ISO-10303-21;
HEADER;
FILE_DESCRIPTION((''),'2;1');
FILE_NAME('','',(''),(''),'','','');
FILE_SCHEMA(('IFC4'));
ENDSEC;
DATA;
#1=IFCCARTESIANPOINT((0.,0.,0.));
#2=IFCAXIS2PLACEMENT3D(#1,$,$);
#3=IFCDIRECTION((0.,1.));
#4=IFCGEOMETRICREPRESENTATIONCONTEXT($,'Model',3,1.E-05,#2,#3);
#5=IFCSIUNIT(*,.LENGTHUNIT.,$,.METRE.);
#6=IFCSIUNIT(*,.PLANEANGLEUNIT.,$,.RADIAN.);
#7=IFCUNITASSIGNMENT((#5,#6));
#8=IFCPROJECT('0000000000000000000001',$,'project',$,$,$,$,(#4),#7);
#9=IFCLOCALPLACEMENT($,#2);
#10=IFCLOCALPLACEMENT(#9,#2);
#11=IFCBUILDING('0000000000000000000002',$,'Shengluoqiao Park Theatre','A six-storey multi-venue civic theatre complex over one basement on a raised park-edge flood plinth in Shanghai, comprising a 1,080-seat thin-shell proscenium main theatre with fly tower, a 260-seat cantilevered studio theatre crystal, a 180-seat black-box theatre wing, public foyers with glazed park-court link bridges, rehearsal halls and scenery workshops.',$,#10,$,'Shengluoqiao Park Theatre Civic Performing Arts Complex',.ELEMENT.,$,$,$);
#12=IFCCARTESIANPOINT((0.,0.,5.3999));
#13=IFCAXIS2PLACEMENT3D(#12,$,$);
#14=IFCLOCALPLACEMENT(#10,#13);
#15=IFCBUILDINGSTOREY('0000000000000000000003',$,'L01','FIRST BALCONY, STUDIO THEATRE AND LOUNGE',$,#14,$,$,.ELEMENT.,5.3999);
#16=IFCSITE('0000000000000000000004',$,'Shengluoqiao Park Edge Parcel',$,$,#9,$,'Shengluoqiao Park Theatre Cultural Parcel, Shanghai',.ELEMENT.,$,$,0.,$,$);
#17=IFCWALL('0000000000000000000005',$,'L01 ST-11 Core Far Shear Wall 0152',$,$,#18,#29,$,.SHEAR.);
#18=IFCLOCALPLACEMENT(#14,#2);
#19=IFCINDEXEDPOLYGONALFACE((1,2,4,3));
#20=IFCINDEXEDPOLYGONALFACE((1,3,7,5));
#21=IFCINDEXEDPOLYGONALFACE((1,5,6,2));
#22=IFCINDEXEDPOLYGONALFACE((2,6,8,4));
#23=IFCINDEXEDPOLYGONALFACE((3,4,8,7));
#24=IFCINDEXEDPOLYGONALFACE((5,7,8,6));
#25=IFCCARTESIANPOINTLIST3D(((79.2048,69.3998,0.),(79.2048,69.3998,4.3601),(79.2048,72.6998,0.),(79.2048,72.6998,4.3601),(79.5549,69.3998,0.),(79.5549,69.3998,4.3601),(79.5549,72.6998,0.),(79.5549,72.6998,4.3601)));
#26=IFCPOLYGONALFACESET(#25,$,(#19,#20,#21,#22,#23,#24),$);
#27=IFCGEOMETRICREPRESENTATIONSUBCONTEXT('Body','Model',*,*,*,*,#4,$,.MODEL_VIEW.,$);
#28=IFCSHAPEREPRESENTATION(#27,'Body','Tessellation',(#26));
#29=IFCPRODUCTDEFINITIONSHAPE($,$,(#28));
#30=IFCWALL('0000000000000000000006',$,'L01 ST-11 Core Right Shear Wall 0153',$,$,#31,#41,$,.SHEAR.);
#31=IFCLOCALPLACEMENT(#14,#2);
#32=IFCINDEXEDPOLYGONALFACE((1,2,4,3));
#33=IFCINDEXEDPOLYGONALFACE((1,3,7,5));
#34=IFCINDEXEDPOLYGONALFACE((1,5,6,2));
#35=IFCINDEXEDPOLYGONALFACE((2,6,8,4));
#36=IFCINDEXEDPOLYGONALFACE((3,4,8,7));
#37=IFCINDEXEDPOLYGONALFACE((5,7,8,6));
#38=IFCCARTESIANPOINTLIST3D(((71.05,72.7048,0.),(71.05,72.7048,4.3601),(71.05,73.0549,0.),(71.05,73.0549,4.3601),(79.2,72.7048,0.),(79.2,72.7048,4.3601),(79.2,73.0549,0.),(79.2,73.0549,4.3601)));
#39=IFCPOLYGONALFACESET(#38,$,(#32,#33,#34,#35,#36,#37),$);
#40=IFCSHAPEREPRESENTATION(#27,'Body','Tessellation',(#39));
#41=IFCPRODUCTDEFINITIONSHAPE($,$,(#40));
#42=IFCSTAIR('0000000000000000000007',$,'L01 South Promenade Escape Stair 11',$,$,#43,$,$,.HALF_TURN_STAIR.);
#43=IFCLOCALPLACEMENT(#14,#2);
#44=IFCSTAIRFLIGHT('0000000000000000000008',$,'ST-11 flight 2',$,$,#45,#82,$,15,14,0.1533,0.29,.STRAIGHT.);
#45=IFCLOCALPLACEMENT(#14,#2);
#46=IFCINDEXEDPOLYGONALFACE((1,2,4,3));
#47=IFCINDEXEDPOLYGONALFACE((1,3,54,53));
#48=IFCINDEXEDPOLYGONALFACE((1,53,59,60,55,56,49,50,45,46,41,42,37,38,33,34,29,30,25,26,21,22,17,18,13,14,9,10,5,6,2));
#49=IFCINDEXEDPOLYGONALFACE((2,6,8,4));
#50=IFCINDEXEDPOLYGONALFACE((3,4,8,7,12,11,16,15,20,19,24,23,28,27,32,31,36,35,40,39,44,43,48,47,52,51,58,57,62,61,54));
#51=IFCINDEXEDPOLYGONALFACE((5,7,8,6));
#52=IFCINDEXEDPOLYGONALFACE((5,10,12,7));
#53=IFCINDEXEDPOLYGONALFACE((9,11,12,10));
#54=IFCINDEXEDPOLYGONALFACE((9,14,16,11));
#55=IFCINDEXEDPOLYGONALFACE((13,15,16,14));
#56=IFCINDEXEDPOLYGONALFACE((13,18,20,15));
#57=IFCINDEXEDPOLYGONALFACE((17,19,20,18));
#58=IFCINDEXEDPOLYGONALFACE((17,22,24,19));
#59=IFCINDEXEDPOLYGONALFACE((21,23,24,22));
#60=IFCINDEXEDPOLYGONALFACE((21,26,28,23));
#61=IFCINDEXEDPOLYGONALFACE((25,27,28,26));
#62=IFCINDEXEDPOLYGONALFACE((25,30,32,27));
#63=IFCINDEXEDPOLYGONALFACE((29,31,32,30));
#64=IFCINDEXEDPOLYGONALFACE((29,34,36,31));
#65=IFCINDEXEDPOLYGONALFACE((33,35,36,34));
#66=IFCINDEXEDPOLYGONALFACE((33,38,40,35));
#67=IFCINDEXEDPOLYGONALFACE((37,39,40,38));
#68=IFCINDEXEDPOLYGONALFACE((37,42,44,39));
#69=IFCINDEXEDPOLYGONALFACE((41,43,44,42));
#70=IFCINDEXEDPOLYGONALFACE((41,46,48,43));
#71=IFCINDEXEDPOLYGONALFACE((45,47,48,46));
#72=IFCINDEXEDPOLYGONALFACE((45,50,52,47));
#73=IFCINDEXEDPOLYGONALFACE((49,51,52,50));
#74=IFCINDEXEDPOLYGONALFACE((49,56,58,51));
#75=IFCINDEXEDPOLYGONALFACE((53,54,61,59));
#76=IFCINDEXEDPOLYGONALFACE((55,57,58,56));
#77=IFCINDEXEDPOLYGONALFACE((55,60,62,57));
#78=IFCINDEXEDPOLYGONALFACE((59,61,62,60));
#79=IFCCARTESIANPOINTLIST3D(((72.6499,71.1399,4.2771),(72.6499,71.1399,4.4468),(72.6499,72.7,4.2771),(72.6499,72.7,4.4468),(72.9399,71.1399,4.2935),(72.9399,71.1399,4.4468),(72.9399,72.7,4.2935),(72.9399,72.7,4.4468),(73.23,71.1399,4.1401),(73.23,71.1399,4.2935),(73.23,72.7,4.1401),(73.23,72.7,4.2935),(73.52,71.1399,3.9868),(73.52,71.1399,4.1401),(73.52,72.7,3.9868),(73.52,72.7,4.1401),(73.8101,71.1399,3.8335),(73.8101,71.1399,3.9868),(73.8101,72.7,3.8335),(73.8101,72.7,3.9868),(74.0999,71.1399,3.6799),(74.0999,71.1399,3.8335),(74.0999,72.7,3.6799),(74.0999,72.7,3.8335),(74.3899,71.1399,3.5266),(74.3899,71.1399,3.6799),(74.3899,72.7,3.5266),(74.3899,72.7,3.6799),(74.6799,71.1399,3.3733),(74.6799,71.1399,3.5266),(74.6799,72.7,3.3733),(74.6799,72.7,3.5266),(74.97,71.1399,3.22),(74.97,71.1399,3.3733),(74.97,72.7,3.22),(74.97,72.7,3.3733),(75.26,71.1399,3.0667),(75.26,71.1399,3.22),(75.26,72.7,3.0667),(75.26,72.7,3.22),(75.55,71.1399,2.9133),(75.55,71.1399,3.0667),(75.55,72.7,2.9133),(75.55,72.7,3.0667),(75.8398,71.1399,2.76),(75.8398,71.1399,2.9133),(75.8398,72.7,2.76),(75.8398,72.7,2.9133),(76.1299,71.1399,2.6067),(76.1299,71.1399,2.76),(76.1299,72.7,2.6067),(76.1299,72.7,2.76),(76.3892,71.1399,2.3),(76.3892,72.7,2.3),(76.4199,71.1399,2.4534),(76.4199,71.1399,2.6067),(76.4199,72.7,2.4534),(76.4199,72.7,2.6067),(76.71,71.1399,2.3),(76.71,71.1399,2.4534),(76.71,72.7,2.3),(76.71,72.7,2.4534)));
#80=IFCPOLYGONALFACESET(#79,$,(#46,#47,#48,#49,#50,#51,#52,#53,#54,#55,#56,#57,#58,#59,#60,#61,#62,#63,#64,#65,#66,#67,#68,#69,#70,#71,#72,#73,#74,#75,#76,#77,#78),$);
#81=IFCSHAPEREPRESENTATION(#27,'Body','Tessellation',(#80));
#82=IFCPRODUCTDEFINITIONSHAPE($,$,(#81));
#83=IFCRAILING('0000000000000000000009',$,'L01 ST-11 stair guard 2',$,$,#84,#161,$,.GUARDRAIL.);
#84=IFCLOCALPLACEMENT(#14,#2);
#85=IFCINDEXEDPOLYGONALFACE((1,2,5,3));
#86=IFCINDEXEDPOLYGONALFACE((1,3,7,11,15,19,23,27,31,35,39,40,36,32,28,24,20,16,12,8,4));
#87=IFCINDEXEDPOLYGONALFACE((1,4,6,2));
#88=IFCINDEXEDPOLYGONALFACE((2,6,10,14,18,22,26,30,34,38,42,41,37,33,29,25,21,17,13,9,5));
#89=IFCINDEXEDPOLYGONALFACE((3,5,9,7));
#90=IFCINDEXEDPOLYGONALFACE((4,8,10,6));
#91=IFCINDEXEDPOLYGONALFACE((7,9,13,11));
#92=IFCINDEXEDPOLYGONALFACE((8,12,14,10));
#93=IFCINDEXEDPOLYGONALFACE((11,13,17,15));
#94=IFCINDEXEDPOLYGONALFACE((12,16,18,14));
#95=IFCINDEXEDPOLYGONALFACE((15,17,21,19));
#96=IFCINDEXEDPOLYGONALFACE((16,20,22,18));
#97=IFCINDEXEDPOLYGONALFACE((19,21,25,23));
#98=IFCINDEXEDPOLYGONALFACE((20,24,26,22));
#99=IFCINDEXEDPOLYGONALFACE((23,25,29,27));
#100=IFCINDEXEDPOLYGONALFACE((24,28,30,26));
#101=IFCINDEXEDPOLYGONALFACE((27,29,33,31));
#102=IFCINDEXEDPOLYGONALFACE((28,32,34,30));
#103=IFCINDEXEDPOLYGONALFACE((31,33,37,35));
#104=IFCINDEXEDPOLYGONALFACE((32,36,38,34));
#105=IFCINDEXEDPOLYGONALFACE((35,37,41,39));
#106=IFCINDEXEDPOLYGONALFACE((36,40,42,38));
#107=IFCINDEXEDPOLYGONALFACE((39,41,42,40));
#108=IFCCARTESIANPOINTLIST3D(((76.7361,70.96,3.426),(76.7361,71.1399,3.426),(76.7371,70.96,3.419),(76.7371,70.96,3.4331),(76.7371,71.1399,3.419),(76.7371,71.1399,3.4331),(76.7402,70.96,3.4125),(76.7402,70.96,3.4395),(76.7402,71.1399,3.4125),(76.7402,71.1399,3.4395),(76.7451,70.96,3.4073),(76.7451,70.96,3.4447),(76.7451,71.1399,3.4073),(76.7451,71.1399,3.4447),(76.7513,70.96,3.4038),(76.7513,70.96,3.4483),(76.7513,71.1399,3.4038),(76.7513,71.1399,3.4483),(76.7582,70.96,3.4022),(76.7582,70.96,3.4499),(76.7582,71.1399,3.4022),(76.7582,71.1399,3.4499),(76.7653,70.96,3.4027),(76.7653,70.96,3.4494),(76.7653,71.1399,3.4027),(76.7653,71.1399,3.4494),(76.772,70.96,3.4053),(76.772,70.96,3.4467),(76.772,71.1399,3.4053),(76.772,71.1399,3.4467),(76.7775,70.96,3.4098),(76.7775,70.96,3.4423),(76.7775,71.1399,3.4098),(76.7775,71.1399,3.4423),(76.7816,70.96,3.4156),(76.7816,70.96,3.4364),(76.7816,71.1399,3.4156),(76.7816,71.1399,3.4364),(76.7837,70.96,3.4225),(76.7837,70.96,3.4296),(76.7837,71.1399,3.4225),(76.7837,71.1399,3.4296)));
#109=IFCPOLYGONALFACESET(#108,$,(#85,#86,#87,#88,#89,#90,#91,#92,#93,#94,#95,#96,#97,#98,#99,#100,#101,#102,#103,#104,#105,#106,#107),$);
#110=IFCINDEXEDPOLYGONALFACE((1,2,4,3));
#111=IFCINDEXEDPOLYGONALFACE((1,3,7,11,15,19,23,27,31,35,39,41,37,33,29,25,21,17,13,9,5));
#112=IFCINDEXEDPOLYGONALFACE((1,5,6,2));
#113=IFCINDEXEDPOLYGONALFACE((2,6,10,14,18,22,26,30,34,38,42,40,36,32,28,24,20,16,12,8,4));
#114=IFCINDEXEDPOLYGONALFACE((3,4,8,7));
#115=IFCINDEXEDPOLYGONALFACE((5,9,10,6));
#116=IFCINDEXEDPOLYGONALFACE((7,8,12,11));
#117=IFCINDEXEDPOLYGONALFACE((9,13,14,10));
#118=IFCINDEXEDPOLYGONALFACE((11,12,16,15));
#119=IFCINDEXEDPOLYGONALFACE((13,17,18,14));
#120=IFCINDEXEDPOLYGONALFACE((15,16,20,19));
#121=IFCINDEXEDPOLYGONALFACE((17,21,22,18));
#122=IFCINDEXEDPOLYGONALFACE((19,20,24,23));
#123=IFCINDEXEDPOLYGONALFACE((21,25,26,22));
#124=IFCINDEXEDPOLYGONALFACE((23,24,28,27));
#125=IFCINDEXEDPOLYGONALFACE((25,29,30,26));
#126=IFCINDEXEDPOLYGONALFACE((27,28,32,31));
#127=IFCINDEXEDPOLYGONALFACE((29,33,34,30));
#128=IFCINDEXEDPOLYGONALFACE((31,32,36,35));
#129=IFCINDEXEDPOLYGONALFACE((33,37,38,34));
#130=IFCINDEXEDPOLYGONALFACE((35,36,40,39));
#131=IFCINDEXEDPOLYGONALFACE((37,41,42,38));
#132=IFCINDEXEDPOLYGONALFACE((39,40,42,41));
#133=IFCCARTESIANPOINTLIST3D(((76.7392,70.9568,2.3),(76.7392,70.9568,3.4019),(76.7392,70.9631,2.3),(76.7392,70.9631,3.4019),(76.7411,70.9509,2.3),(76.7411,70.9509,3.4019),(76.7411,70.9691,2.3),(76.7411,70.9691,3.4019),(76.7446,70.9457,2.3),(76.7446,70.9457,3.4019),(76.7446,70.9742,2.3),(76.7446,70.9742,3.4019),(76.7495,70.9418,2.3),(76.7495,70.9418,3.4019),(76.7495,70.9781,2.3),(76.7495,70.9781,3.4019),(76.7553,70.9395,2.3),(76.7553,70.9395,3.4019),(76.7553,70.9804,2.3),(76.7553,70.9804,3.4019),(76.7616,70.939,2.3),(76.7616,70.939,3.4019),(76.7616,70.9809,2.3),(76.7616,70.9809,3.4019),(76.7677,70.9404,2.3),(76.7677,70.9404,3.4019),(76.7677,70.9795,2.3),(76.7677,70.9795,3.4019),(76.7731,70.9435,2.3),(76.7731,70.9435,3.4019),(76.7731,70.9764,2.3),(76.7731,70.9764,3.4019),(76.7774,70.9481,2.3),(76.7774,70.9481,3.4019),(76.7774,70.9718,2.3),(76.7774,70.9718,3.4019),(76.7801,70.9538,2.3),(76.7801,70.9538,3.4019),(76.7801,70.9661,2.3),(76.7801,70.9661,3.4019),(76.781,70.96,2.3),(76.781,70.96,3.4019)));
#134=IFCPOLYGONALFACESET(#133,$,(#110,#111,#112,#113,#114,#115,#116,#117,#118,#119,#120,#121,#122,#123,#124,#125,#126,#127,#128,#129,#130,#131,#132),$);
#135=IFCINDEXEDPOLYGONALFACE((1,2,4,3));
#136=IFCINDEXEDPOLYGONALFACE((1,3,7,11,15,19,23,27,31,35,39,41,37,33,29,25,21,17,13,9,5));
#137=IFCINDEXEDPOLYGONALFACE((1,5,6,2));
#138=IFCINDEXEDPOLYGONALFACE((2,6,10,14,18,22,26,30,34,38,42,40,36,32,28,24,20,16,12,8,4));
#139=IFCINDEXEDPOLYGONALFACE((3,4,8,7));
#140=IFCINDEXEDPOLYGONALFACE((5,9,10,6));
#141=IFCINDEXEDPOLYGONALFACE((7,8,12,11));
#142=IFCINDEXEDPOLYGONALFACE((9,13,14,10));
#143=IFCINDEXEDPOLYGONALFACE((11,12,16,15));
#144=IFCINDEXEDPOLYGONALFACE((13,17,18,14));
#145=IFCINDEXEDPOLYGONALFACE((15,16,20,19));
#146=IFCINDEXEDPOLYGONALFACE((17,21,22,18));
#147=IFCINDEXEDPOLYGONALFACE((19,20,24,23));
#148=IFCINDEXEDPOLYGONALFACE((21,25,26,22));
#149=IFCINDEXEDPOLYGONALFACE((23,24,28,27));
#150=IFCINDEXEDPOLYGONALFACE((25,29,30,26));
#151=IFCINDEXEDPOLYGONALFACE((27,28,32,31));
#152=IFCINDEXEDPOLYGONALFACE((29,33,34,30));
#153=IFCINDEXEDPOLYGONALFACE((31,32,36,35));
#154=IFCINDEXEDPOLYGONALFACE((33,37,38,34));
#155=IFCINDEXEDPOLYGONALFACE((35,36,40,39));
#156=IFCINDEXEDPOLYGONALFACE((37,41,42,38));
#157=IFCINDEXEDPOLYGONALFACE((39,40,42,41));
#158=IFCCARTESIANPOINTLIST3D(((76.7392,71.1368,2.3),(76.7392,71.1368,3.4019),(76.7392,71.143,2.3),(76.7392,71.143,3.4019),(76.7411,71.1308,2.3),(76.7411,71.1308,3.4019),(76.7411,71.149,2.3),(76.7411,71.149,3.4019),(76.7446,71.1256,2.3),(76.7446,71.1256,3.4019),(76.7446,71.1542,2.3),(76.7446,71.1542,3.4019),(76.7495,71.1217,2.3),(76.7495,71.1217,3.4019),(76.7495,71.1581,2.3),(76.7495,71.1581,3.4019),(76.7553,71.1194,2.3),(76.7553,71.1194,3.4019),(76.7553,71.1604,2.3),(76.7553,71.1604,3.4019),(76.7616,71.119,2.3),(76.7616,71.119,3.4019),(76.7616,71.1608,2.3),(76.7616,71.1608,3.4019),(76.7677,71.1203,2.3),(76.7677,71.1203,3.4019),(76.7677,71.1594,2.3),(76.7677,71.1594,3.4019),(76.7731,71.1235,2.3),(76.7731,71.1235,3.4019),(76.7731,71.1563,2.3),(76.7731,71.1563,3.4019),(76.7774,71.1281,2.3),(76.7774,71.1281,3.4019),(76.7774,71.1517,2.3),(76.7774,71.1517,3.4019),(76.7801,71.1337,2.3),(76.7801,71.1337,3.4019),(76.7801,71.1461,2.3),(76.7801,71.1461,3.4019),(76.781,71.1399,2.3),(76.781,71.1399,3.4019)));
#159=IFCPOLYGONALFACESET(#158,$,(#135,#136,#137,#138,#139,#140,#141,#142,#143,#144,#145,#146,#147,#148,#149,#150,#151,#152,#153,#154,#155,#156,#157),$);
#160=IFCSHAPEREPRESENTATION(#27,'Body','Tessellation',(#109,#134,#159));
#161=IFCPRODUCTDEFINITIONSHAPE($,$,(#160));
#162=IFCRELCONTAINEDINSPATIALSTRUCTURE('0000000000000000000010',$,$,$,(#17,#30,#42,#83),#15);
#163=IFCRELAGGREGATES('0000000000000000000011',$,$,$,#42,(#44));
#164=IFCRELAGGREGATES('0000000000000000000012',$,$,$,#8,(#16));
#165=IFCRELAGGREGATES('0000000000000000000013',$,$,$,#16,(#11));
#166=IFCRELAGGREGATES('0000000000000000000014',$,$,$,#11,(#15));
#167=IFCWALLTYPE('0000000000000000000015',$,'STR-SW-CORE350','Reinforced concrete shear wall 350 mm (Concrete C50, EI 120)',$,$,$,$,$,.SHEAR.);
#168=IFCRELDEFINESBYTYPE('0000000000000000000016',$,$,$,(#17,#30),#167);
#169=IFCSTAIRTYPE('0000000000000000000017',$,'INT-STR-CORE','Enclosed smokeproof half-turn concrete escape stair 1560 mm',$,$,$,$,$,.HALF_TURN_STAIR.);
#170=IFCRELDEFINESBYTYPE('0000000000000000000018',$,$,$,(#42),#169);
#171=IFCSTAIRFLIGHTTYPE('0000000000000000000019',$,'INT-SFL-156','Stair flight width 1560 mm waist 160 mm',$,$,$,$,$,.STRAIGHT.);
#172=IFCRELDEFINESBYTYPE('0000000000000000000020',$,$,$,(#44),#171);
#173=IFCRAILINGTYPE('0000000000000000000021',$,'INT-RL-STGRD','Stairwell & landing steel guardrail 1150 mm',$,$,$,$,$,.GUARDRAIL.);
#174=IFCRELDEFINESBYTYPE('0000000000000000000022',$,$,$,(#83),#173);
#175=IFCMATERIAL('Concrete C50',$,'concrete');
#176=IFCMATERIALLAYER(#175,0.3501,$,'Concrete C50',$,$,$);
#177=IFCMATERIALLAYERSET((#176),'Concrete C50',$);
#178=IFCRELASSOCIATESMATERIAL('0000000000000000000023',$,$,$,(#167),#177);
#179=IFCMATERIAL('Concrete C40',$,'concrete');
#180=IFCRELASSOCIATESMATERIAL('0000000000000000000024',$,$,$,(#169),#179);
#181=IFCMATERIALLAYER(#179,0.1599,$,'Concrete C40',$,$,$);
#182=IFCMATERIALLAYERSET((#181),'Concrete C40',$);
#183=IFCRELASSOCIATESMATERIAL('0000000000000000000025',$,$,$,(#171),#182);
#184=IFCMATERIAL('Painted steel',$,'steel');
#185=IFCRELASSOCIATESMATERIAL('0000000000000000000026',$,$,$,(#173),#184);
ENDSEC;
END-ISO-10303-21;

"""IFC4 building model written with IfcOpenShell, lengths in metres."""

from ifc_helpers import new_model, si_unit, direction, frame, frame_2d, origin, origin_2d, place, context, subcontext, project, spatial, polyline, rectangle, circle, outline, extrude, material, layer, layer_set, type_object, element, aggregate, save


model = new_model("IFC4")

# Units and contexts
model_context = context("Model", 3, precision=1e-05, world=origin(), true_north=direction((0.0, 1.0)))
body_context = subcontext(model_context, "Body", "Model", "MODEL_VIEW")
ifc_project = project(units=[si_unit("LENGTHUNIT", "METRE"), si_unit("PLANEANGLEUNIT", "RADIAN")], contexts=[model_context])

# Site, building, storey
site_placement = place(None, origin())
site = spatial("IfcSite", under=ifc_project, at=site_placement, Name="Shengluoqiao Park Edge Parcel", LongName="Shengluoqiao Park Theatre Cultural Parcel, Shanghai", CompositionType="ELEMENT", RefElevation=0.0)
building_placement = place(site_placement, origin())
building = spatial("IfcBuilding", under=site, at=building_placement, Name="Shengluoqiao Park Theatre", Description="A six-storey multi-venue civic theatre complex over one basement on a raised park-edge flood plinth in Shanghai, comprising a 1,080-seat thin-shell proscenium main theatre with fly tower, a 260-seat cantilevered studio theatre crystal, a 180-seat black-box theatre wing, public foyers with glazed park-court link bridges, rehearsal halls and scenery workshops.", LongName="Shengluoqiao Park Theatre Civic Performing Arts Complex", CompositionType="ELEMENT")
storey_placement = place(building_placement, frame((0.0, 0.0, 5.3999)))
storey = spatial("IfcBuildingStorey", under=building, at=storey_placement, Name="L01", Description="FIRST BALCONY, STUDIO THEATRE AND LOUNGE", CompositionType="ELEMENT", Elevation=5.3999)

# Shared definitions
ifc_material_1 = material(Name="Concrete C50", Category="concrete")

# Walls
ifc_layer_1 = layer(ifc_material_1, 0.3501, Name="Concrete C50")
ifc_layer_set_1 = layer_set([ifc_layer_1], Name="Concrete C50")
wall_type = type_object("IfcWallType", Name="STR-SW-CORE350", Description="Reinforced concrete shear wall 350 mm (Concrete C50, EI 120)", PredefinedType="SHEAR", material=ifc_layer_set_1)
wall_1_placement = place(storey_placement, frame((79.3799, 69.3999, 0.0), z_axis=(0.0, 0.0, 1.0), x_axis=(0.0, 1.0, 0.0)))
element("IfcWall", 1, at=wall_1_placement, inside=storey, type_object=wall_type, Name="L01 ST-11 Core Far Shear Wall 0152", PredefinedType="SHEAR", context=body_context, shape_type="SweptSolid", body=[
    extrude(rectangle(XDim=3.3, YDim=0.3501, at=frame_2d((1.6499, 0.0))), origin(), (0.0, 0.0, 1.0), 4.3601),
])
wall_2_placement = place(storey_placement, frame((79.2, 72.8799, 0.0), z_axis=(0.0, 0.0, 1.0), x_axis=(-1.0, 0.0, 0.0)))
element("IfcWall", 2, at=wall_2_placement, inside=storey, type_object=wall_type, Name="L01 ST-11 Core Right Shear Wall 0153", PredefinedType="SHEAR", context=body_context, shape_type="SweptSolid", body=[
    extrude(rectangle(XDim=8.1499, YDim=0.3501, at=frame_2d((4.075, 0.0))), origin(), (0.0, 0.0, 1.0), 4.3601),
])

# Stair, stair flight
ifc_material_2 = material(Name="Concrete C40", Category="concrete")
stair_type = type_object("IfcStairType", Name="INT-STR-CORE", Description="Enclosed smokeproof half-turn concrete escape stair 1560 mm", PredefinedType="HALF_TURN_STAIR", material=ifc_material_2)
stair_placement = place(storey_placement, origin())
stair = element("IfcStair", 3, at=stair_placement, inside=storey, type_object=stair_type, Name="L01 South Promenade Escape Stair 11", PredefinedType="HALF_TURN_STAIR")
ifc_layer_2 = layer(ifc_material_2, 0.1599, Name="Concrete C40")
ifc_layer_set_2 = layer_set([ifc_layer_2], Name="Concrete C40")
stair_flight_type = type_object("IfcStairFlightType", Name="INT-SFL-156", Description="Stair flight width 1560 mm waist 160 mm", PredefinedType="STRAIGHT", material=ifc_layer_set_2)
stair_flight_placement = place(storey_placement, frame((76.71, 71.9199, 2.3), z_axis=(0.0, 0.0, 1.0), x_axis=(-1.0, 0.0, 0.0)))
stair_flight = element("IfcStairFlight", 4, at=stair_flight_placement, type_object=stair_flight_type, Name="ST-11 flight 2", NumberOfRisers=15, NumberOfTreads=14, PredefinedType="STRAIGHT", RiserHeight=0.1533, TreadLength=0.29, context=body_context, shape_type="SweptSolid", body=[
    extrude(outline(polyline([(0.0, 0.0), (0.0, 0.1533), (0.29, 0.1533), (0.29, 0.3066), (0.5801, 0.3066), (0.5801, 0.46), (0.8701, 0.46), (0.8701, 0.6133), (1.1599, 0.6133), (1.1599, 0.7666), (1.45, 0.7666), (1.45, 0.9199), (1.74, 0.9199), (1.74, 1.0732), (2.03, 1.0732), (2.03, 1.2266), (2.3201, 1.2266), (2.3201, 1.3799), (2.6101, 1.3799), (2.6101, 1.5334), (2.8999, 1.5334), (2.8999, 1.6868), (3.1899, 1.6868), (3.1899, 1.8401), (3.48, 1.8401), (3.48, 1.9934), (3.77, 1.9934), (3.77, 2.1467), (4.0601, 2.1467), (4.0601, 2.3), (4.0601, 1.9771), (0.3208, 0.0), (0.0, 0.0)])), frame((0.0, 0.78, 0.0), z_axis=(0.0, -1.0, 0.0), x_axis=(1.0, 0.0, 0.0)), (0.0, 0.0, 1.0), 1.5601),
])
aggregate(stair, [stair_flight])

# Railing
ifc_material_3 = material(Name="Painted steel", Category="steel")
railing_type_1 = type_object("IfcRailingType", Name="INT-RL-STGRD", Description="Stairwell & landing steel guardrail 1150 mm", PredefinedType="GUARDRAIL", material=ifc_material_3)
railing_1_placement = place(storey_placement, frame((76.76, 70.96, 2.3)))
element("IfcRailing", 5, at=railing_1_placement, inside=storey, type_object=railing_type_1, Name="L01 ST-11 stair guard 2", PredefinedType="GUARDRAIL", context=body_context, shape_type="SweptSolid", body=[
    extrude(circle(Radius=0.0239, at=origin_2d()), frame((0.0, 0.0, 1.126), z_axis=(0.0, 1.0, 0.0), x_axis=(-1.0, 0.0, 0.0)), (0.0, 0.0, 1.0), 0.1799),
    extrude(circle(Radius=0.021, at=origin_2d()), origin(), (0.0, 0.0, 1.0), 1.1018),
    extrude(circle(Radius=0.021, at=origin_2d()), frame((0.0, 0.1799, 0.0)), (0.0, 0.0, 1.0), 1.1018),
])

save(model, "model.ifc")
